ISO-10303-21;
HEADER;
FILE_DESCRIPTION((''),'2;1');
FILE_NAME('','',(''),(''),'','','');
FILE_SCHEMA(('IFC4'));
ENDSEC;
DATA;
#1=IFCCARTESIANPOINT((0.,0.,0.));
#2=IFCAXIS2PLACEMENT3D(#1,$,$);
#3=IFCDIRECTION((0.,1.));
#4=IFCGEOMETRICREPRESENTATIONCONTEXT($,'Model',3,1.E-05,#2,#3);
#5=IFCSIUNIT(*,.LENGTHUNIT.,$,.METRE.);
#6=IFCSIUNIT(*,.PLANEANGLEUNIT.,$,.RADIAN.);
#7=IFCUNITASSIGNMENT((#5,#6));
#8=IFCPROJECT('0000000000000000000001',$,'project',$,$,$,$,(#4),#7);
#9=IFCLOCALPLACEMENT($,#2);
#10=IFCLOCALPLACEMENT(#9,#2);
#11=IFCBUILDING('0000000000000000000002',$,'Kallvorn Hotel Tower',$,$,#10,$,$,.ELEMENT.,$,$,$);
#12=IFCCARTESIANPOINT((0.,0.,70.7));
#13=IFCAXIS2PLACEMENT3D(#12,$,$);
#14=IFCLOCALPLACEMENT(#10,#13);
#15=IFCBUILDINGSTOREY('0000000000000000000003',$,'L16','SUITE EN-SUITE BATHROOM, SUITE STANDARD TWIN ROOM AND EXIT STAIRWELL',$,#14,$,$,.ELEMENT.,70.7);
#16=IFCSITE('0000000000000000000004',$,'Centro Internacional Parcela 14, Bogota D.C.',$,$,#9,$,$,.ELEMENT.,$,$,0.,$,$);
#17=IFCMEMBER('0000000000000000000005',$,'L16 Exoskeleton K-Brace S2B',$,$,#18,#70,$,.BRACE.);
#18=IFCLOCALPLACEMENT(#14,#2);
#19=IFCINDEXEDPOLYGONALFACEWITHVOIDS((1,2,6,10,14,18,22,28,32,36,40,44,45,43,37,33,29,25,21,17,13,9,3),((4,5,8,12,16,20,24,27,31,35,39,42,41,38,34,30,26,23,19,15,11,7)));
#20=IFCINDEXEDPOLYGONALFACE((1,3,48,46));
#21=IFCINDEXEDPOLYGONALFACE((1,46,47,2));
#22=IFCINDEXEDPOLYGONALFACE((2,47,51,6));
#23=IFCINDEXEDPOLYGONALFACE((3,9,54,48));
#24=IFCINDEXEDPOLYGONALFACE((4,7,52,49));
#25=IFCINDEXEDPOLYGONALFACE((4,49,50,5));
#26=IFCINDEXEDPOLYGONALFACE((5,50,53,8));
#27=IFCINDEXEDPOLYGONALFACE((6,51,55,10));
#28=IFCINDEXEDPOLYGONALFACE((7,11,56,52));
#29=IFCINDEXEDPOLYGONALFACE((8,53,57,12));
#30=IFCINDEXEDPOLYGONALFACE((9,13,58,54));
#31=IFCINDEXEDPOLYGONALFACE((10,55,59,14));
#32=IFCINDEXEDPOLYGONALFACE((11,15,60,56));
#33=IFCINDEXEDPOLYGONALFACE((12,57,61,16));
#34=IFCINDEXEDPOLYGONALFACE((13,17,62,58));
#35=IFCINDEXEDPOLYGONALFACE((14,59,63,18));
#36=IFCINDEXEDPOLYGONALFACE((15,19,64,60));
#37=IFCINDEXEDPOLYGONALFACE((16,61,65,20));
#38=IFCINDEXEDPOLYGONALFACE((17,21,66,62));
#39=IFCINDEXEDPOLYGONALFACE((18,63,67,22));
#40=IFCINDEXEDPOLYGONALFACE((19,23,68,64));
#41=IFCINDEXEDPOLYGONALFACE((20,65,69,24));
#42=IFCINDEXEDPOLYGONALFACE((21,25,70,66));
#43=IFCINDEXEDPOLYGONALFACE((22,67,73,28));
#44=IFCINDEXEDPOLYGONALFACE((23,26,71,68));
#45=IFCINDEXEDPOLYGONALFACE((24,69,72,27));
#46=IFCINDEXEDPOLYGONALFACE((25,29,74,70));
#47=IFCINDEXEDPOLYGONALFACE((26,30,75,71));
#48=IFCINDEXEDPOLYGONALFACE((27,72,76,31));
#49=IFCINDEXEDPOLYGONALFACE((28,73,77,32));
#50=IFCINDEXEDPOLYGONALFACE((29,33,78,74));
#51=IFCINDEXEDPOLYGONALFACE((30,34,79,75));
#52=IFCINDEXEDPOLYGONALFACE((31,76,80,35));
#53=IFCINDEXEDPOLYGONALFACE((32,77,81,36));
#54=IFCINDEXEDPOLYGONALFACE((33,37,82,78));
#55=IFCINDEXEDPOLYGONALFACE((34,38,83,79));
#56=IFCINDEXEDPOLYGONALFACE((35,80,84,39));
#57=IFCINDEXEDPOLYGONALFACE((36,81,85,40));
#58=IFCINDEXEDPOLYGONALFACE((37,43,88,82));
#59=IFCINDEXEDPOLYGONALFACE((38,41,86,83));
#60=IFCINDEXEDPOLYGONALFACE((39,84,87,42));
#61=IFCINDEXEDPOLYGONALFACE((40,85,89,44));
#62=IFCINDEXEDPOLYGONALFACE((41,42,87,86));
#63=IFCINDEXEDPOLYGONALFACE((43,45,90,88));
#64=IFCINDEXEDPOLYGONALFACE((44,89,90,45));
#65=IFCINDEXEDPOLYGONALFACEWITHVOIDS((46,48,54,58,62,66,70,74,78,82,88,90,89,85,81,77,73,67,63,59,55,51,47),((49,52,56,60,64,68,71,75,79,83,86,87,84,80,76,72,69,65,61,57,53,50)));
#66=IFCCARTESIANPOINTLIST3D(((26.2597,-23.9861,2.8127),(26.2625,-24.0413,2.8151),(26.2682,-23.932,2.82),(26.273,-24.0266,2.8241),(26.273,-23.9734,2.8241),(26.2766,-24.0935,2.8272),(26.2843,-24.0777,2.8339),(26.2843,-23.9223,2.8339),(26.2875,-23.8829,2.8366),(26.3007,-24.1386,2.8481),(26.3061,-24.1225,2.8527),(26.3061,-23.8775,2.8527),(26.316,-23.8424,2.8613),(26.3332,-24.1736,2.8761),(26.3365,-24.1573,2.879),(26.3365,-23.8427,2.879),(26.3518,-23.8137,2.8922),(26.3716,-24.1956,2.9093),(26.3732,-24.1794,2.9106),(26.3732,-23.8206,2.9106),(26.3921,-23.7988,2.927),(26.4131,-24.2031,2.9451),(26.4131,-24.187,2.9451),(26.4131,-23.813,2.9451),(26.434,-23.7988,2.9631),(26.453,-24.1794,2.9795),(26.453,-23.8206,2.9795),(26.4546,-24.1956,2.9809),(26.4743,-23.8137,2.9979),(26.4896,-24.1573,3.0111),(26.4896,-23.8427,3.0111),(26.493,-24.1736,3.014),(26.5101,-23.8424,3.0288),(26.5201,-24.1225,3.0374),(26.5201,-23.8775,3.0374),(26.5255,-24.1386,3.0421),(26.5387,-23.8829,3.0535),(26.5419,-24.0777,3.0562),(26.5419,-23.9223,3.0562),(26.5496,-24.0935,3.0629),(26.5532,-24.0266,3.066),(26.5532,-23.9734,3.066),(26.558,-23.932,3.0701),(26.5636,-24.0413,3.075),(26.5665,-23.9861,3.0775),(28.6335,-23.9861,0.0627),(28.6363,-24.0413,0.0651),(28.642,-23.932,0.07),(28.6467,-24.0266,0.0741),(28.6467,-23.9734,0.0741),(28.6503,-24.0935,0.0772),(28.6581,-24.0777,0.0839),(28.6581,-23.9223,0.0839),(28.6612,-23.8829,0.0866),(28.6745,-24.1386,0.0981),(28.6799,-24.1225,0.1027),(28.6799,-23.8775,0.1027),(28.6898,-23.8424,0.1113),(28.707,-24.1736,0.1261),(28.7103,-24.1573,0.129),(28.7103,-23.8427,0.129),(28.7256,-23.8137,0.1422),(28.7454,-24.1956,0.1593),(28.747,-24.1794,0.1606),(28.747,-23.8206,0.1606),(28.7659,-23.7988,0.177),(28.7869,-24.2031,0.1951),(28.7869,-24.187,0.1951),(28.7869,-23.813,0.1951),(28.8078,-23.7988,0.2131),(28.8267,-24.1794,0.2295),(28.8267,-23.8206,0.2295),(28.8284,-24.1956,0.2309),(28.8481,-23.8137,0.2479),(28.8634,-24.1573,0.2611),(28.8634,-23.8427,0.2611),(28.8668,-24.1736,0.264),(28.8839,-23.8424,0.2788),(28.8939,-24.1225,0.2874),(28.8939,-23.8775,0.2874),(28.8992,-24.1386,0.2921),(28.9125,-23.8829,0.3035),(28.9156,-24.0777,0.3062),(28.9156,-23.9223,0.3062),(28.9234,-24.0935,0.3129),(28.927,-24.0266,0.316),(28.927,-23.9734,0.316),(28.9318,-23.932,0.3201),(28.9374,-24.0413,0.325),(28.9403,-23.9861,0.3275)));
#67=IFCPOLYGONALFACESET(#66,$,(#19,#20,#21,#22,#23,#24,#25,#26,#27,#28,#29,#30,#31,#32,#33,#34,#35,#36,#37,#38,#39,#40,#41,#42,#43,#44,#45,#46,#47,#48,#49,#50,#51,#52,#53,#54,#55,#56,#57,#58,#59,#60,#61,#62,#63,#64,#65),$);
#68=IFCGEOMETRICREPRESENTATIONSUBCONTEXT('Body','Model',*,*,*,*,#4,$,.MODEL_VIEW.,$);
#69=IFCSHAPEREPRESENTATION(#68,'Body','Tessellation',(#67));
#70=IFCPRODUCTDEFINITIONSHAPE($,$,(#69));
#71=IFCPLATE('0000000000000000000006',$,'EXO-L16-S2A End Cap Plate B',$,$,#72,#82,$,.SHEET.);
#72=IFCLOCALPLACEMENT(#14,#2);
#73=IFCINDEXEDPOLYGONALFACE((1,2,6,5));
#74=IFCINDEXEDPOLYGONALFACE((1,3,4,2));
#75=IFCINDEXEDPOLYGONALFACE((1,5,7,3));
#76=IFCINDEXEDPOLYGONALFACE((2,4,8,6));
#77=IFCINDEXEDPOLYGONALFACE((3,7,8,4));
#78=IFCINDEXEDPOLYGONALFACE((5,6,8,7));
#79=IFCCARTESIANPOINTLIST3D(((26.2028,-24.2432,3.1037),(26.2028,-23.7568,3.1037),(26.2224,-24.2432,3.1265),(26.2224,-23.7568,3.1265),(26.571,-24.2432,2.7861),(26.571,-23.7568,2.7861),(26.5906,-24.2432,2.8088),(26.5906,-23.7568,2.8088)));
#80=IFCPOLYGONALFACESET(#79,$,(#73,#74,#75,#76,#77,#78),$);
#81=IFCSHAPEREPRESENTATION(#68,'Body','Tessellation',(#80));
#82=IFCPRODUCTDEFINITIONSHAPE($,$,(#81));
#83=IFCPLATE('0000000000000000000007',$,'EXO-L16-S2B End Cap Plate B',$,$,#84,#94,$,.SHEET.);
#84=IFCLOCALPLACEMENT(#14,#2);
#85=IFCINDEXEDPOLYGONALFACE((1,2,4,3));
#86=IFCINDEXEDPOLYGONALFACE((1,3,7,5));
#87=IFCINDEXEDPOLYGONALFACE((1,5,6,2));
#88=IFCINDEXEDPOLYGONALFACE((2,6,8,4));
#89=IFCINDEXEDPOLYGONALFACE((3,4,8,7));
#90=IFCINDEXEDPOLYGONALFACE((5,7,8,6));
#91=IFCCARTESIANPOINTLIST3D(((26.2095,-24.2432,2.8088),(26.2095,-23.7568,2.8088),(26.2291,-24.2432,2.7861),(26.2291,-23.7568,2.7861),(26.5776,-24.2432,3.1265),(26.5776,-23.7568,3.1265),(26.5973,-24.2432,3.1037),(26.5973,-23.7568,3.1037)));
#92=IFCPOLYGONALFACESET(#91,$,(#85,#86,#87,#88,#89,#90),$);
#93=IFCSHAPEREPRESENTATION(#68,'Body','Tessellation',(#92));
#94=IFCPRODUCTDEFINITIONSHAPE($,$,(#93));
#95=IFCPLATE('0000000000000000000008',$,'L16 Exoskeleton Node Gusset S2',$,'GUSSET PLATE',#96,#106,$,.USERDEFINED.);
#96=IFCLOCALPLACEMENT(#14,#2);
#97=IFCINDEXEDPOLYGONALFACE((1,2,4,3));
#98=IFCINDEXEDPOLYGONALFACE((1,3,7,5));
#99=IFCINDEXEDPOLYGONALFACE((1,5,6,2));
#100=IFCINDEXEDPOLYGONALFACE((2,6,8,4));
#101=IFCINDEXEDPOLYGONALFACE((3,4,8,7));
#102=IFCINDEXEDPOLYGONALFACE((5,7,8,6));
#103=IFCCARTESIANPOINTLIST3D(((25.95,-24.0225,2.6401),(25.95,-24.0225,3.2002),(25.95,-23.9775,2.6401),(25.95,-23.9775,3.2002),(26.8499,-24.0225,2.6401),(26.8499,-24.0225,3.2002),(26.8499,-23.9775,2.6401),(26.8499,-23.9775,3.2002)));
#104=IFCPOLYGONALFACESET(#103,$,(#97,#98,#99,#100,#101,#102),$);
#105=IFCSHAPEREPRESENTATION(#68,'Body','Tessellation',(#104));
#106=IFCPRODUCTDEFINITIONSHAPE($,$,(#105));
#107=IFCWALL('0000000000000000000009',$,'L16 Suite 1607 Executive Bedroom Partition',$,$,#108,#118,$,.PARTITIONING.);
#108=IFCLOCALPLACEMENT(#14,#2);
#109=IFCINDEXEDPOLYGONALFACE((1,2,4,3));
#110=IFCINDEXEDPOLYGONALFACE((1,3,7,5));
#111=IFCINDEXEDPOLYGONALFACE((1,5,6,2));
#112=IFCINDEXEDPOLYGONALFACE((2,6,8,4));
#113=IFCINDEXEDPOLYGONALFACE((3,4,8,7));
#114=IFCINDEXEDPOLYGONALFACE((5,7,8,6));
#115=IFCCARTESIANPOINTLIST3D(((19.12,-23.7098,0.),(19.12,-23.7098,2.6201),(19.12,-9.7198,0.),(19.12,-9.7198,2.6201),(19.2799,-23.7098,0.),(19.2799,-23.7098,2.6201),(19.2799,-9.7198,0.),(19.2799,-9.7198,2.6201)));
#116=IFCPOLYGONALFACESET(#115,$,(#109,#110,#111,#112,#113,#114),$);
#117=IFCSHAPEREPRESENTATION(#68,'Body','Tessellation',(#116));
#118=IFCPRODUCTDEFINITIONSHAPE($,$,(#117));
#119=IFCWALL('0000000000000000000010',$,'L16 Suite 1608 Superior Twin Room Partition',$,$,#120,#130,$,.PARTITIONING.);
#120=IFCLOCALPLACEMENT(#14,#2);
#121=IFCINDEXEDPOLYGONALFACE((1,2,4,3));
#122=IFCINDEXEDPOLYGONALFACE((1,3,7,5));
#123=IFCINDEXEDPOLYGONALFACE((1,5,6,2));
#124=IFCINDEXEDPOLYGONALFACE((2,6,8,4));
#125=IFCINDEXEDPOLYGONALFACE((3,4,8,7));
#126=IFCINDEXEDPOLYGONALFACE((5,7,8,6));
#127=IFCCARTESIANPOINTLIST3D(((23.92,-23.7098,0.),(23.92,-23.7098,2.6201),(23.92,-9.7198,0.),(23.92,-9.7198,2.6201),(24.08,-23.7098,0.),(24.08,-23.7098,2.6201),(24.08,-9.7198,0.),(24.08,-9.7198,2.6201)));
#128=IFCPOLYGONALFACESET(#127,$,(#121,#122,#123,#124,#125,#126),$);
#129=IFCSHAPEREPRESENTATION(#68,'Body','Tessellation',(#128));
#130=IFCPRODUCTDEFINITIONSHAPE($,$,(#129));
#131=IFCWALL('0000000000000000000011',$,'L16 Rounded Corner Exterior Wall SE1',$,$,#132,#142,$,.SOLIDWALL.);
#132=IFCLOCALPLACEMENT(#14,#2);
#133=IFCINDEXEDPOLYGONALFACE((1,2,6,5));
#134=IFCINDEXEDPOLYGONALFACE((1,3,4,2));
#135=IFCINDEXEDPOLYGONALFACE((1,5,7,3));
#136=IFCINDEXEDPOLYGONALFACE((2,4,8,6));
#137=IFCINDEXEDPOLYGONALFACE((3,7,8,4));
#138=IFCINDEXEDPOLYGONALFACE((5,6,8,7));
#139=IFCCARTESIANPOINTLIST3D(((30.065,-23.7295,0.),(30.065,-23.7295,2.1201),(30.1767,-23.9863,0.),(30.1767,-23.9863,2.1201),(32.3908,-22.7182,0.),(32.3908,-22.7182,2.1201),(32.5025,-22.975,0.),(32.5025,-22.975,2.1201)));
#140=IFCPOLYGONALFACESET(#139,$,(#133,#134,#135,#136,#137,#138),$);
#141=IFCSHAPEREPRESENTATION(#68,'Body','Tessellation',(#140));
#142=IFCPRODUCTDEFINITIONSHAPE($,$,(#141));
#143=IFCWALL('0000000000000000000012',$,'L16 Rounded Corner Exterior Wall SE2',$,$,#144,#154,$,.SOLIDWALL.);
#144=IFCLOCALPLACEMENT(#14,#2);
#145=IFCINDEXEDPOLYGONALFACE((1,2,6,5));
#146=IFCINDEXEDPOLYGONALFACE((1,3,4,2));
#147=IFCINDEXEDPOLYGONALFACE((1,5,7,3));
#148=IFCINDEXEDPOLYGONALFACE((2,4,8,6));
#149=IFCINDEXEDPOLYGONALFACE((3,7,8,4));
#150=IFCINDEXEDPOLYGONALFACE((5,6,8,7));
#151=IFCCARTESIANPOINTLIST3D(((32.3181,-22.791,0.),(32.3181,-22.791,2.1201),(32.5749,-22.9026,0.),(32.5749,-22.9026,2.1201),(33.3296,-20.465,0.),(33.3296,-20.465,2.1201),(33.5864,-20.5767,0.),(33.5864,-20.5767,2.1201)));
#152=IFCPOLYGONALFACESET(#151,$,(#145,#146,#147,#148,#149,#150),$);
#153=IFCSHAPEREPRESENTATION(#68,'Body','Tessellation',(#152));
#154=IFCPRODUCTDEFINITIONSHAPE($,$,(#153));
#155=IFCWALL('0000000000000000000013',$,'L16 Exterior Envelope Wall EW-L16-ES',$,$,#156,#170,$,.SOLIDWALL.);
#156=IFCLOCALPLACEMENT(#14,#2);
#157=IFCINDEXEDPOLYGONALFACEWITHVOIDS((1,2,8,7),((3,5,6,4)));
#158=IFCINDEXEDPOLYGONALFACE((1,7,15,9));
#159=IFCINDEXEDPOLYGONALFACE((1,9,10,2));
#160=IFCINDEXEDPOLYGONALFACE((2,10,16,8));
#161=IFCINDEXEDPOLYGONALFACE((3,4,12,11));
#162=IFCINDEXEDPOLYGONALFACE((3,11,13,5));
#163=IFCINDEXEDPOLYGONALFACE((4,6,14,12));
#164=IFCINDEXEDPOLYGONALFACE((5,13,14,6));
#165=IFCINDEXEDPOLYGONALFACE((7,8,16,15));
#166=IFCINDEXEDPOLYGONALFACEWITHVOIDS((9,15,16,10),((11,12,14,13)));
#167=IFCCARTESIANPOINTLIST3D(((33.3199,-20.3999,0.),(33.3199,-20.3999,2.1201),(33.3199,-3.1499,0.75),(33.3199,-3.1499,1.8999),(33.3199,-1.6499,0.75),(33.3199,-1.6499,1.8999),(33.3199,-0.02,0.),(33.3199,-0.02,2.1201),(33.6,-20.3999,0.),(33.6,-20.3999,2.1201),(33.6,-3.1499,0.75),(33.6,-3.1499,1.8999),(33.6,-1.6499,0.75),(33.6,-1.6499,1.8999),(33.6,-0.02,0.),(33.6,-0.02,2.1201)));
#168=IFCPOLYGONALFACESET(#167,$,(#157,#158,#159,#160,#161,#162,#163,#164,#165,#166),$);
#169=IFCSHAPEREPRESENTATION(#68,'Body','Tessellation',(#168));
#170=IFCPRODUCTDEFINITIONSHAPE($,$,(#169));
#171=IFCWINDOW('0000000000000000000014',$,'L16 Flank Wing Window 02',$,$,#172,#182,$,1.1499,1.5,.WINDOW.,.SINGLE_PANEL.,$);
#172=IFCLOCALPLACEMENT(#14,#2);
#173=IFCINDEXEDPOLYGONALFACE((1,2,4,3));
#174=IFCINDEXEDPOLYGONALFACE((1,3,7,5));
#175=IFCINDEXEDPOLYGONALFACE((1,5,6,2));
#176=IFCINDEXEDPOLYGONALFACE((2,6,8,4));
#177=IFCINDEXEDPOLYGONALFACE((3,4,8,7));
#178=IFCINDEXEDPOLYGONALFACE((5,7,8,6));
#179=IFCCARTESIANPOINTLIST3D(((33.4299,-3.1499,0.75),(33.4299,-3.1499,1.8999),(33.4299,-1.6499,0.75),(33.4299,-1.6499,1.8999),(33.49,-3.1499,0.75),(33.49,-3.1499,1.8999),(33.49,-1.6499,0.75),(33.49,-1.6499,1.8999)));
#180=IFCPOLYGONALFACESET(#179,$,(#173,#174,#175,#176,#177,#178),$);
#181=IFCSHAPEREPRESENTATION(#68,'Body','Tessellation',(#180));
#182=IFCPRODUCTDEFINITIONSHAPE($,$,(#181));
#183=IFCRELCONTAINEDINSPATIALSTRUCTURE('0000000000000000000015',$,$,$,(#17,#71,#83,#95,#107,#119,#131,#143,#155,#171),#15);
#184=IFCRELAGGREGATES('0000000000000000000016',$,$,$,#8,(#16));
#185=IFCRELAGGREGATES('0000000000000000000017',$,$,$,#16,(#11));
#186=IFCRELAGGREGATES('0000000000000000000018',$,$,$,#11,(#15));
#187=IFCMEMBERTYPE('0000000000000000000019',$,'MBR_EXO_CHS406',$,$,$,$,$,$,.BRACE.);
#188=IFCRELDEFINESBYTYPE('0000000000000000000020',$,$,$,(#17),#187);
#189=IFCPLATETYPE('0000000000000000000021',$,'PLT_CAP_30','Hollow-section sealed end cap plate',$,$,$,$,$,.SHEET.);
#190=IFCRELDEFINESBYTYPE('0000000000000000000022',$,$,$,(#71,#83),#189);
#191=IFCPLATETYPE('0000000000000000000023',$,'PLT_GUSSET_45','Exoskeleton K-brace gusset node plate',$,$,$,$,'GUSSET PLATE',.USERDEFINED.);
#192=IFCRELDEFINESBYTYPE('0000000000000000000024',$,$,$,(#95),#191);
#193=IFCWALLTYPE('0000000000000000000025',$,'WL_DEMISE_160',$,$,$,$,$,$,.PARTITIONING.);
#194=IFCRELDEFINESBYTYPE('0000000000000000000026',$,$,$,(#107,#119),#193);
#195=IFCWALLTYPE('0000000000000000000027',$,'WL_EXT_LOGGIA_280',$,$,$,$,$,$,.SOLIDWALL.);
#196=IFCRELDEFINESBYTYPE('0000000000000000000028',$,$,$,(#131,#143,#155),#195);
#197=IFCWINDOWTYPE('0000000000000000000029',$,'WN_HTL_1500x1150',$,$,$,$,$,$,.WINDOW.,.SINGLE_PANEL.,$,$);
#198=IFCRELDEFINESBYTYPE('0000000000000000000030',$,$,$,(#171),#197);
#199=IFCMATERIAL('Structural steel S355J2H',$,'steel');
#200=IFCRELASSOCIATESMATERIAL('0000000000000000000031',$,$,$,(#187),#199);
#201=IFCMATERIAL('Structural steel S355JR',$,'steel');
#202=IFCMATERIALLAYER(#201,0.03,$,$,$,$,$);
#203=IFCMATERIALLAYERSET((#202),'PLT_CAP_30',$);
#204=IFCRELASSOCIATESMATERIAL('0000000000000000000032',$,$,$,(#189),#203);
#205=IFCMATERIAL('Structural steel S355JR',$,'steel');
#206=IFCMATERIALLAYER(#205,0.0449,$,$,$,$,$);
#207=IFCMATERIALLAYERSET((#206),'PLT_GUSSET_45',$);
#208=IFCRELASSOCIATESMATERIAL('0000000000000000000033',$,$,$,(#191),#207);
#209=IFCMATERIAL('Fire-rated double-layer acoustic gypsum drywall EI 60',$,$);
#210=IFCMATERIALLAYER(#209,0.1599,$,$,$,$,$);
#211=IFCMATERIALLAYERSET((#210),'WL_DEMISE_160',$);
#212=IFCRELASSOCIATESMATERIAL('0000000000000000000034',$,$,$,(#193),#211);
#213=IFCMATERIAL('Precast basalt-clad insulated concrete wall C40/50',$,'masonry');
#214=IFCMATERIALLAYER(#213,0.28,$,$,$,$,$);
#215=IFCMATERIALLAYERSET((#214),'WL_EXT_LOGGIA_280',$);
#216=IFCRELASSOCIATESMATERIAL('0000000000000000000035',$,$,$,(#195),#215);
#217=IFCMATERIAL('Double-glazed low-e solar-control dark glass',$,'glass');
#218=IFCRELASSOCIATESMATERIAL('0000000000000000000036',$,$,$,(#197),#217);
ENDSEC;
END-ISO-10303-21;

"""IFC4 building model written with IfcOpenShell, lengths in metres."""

from ifc_helpers import new_model, si_unit, direction, frame, frame_2d, origin, origin_2d, place, context, subcontext, project, spatial, polyline, rectangle, hollow_circle, outline, extrude, material, layer, layer_set, material_profile, profile_set, type_object, element, fill, save


model = new_model("IFC4")

# Units and contexts
model_context = context("Model", 3, precision=1e-05, world=origin(), true_north=direction((0.0, 1.0)))
body_context = subcontext(model_context, "Body", "Model", "MODEL_VIEW")
ifc_project = project(units=[si_unit("LENGTHUNIT", "METRE"), si_unit("PLANEANGLEUNIT", "RADIAN")], contexts=[model_context])

# Site, building, storey
site_placement = place(None, origin())
site = spatial("IfcSite", under=ifc_project, at=site_placement, Name="Centro Internacional Parcela 14, Bogota D.C.", CompositionType="ELEMENT", RefElevation=0.0)
building_placement = place(site_placement, origin())
building = spatial("IfcBuilding", under=site, at=building_placement, Name="Kallvorn Hotel Tower", CompositionType="ELEMENT")
storey_placement = place(building_placement, frame((0.0, 0.0, 70.7)))
storey = spatial("IfcBuildingStorey", under=building, at=storey_placement, Name="L16", Description="SUITE EN-SUITE BATHROOM, SUITE STANDARD TWIN ROOM AND EXIT STAIRWELL", CompositionType="ELEMENT", Elevation=70.7)

# Member
ifc_material_1 = material(Name="Structural steel S355J2H", Category="steel")
ifc_material_profile_1 = material_profile(ifc_material_1, hollow_circle(Radius=0.2031, WallThickness=0.0161, at=origin_2d()), Name="CHS 406.4x16")
ifc_profile_set_1 = profile_set([ifc_material_profile_1], Name="Structural steel S355J2H")
member_type = type_object("IfcMemberType", Name="MBR_EXO_CHS406", PredefinedType="BRACE", material=ifc_profile_set_1)
for number, where, z_axis, x_axis, name in (
    (1, (28.7869, -24.0, 0.1951), (-0.653427, 0.0, 0.756989), (0.0, -1.0, 0.0), "L16 Exoskeleton K-Brace S2B"),
):
    element("IfcMember", number, at=place(storey_placement, frame(where, z_axis=z_axis, x_axis=x_axis)), inside=storey, type_object=member_type, Name=name, PredefinedType="BRACE", context=body_context, shape_type="SweptSolid", body=[
        extrude(hollow_circle(Radius=0.2031, WallThickness=0.0161, at=origin_2d()), origin(), (0.0, 0.0, 1.0), 3.6328),
    ])

# Plates
ifc_material_2 = material(Name="Structural steel S355JR", Category="steel")
ifc_layer_1 = layer(ifc_material_2, 0.03)
ifc_layer_set_1 = layer_set([ifc_layer_1], Name="PLT_CAP_30")
plate_type_1 = type_object("IfcPlateType", Name="PLT_CAP_30", Description="Hollow-section sealed end cap plate", PredefinedType="SHEET", material=ifc_layer_set_1)
for number, where, z_axis, x_axis, name in (
    (2, (26.5906, -24.2432, 2.8088), (0.653228, 0.0, 0.757162), (0.0, 1.0, 0.0), "EXO-L16-S2A End Cap Plate B"),
    (3, (26.2095, -23.7568, 2.8088), (-0.653228, 0.0, 0.757162), (0.0, -1.0, 0.0), "EXO-L16-S2B End Cap Plate B"),
):
    element("IfcPlate", number, at=place(storey_placement, frame(where, z_axis=z_axis, x_axis=x_axis)), inside=storey, type_object=plate_type_1, Name=name, PredefinedType="SHEET", context=body_context, shape_type="SweptSolid", body=[
        extrude(outline(polyline([(0.0, 0.0), (0.4863, 0.0), (0.4863, 0.4862), (0.0, 0.4862), (0.0, 0.0)])), origin(), (0.0, 0.0, -1.0), 0.03),
    ])
ifc_material_3 = material(Name="Structural steel S355JR", Category="steel")
ifc_layer_2 = layer(ifc_material_3, 0.0449)
ifc_layer_set_2 = layer_set([ifc_layer_2], Name="PLT_GUSSET_45")
plate_type_2 = type_object("IfcPlateType", Name="PLT_GUSSET_45", Description="Exoskeleton K-brace gusset node plate", ElementType="GUSSET PLATE", PredefinedType="USERDEFINED", material=ifc_layer_set_2)
plate_placement = place(storey_placement, frame((26.3999, -24.0, 2.6401), z_axis=(0.0, 0.0, 1.0), x_axis=(1.0, 0.0, 0.0)))
element("IfcPlate", 4, at=plate_placement, inside=storey, type_object=plate_type_2, Name="L16 Exoskeleton Node Gusset S2", ObjectType="GUSSET PLATE", PredefinedType="USERDEFINED", context=body_context, shape_type="SweptSolid", body=[
    extrude(rectangle(XDim=0.8999, YDim=0.0449, at=origin_2d()), origin(), (0.0, 0.0, 1.0), 0.5601),
])

# Walls
ifc_material_4 = material(Name="Fire-rated double-layer acoustic gypsum drywall EI 60")
ifc_layer_3 = layer(ifc_material_4, 0.1599)
ifc_layer_set_3 = layer_set([ifc_layer_3], Name="WL_DEMISE_160")
wall_type_1 = type_object("IfcWallType", Name="WL_DEMISE_160", PredefinedType="PARTITIONING", material=ifc_layer_set_3)
for number, where, z_axis, x_axis, name in (
    (5, (19.2, -23.71, 0.0), (0.0, 0.0, 1.0), (0.0, 1.0, 0.0), "L16 Suite 1607 Executive Bedroom Partition"),
    (6, (24.0, -23.71, 0.0), (0.0, 0.0, 1.0), (0.0, 1.0, 0.0), "L16 Suite 1608 Superior Twin Room Partition"),
):
    element("IfcWall", number, at=place(storey_placement, frame(where, z_axis=z_axis, x_axis=x_axis)), inside=storey, type_object=wall_type_1, Name=name, PredefinedType="PARTITIONING", context=body_context, shape_type="SweptSolid", body=[
        extrude(rectangle(XDim=13.99, YDim=0.1599, at=frame_2d((6.9951, 0.0))), origin(), (0.0, 0.0, 1.0), 2.6201),
    ])
ifc_material_5 = material(Name="Precast basalt-clad insulated concrete wall C40/50", Category="masonry")
ifc_layer_4 = layer(ifc_material_5, 0.28)
ifc_layer_set_4 = layer_set([ifc_layer_4], Name="WL_EXT_LOGGIA_280")
wall_type_2 = type_object("IfcWallType", Name="WL_EXT_LOGGIA_280", PredefinedType="SOLIDWALL", material=ifc_layer_set_4)
wall_1_placement = place(storey_placement, frame((30.1208, -23.8579, 0.0), z_axis=(0.0, 0.0, 1.0), x_axis=(0.917061, 0.398747, 0.0)))
element("IfcWall", 7, at=wall_1_placement, inside=storey, type_object=wall_type_2, Name="L16 Rounded Corner Exterior Wall SE1", PredefinedType="SOLIDWALL", context=body_context, shape_type="SweptSolid", body=[
    extrude(rectangle(XDim=2.5361, YDim=0.28, at=frame_2d((1.2681, 0.0))), origin(), (0.0, 0.0, 1.0), 2.1201),
])
wall_2_placement = place(storey_placement, frame((32.4465, -22.8467, 0.0), z_axis=(0.0, 0.0, 1.0), x_axis=(0.398793, 0.917041, 0.0)))
element("IfcWall", 8, at=wall_2_placement, inside=storey, type_object=wall_type_2, Name="L16 Rounded Corner Exterior Wall SE2", PredefinedType="SOLIDWALL", context=body_context, shape_type="SweptSolid", body=[
    extrude(rectangle(XDim=2.5364, YDim=0.28, at=frame_2d((1.2681, 0.0))), origin(), (0.0, 0.0, 1.0), 2.1201),
])

# Wall, opening, window
wall_3_placement = place(storey_placement, frame((33.46, -20.3999, 0.0), z_axis=(0.0, 0.0, 1.0), x_axis=(0.0, 1.0, 0.0)))
wall_3 = element("IfcWall", 9, at=wall_3_placement, inside=storey, type_object=wall_type_2, Name="L16 Exterior Envelope Wall EW-L16-ES", PredefinedType="SOLIDWALL", context=body_context, shape_type="SweptSolid", body=[
    extrude(rectangle(XDim=20.3799, YDim=0.28, at=frame_2d((10.1899, 0.0))), origin(), (0.0, 0.0, 1.0), 2.1201),
])
opening_placement = place(wall_3_placement, frame((17.25, 0.0, 0.75)))
opening = element("IfcOpeningElement", 10, at=opening_placement, cuts=wall_3, PredefinedType="OPENING", context=body_context, shape_type="SweptSolid", body=[
    extrude(rectangle(XDim=1.5, YDim=1.1499, at=frame_2d((0.75, 0.575))), frame((0.0, 0.155, 0.0), z_axis=(0.0, -1.0, 0.0), x_axis=(1.0, 0.0, 0.0)), (0.0, 0.0, 1.0), 0.3101),
])
ifc_material_6 = material(Name="Double-glazed low-e solar-control dark glass", Category="glass")
window_type = type_object("IfcWindowType", Name="WN_HTL_1500x1150", PartitioningType="SINGLE_PANEL", PredefinedType="WINDOW", material=ifc_material_6)
window_placement = place(opening_placement, origin())
window = element("IfcWindow", 11, at=window_placement, inside=storey, type_object=window_type, Name="L16 Flank Wing Window 02", OverallHeight=1.1499, OverallWidth=1.5, PartitioningType="SINGLE_PANEL", PredefinedType="WINDOW", context=body_context, shape_type="SweptSolid", body=[
    extrude(rectangle(XDim=1.5, YDim=1.1499, at=frame_2d((0.75, 0.575))), frame((0.0, 0.03, 0.0), z_axis=(0.0, -1.0, 0.0), x_axis=(1.0, 0.0, 0.0)), (0.0, 0.0, 1.0), 0.0601),
])
fill(opening, window)

save(model, "model.ifc")
